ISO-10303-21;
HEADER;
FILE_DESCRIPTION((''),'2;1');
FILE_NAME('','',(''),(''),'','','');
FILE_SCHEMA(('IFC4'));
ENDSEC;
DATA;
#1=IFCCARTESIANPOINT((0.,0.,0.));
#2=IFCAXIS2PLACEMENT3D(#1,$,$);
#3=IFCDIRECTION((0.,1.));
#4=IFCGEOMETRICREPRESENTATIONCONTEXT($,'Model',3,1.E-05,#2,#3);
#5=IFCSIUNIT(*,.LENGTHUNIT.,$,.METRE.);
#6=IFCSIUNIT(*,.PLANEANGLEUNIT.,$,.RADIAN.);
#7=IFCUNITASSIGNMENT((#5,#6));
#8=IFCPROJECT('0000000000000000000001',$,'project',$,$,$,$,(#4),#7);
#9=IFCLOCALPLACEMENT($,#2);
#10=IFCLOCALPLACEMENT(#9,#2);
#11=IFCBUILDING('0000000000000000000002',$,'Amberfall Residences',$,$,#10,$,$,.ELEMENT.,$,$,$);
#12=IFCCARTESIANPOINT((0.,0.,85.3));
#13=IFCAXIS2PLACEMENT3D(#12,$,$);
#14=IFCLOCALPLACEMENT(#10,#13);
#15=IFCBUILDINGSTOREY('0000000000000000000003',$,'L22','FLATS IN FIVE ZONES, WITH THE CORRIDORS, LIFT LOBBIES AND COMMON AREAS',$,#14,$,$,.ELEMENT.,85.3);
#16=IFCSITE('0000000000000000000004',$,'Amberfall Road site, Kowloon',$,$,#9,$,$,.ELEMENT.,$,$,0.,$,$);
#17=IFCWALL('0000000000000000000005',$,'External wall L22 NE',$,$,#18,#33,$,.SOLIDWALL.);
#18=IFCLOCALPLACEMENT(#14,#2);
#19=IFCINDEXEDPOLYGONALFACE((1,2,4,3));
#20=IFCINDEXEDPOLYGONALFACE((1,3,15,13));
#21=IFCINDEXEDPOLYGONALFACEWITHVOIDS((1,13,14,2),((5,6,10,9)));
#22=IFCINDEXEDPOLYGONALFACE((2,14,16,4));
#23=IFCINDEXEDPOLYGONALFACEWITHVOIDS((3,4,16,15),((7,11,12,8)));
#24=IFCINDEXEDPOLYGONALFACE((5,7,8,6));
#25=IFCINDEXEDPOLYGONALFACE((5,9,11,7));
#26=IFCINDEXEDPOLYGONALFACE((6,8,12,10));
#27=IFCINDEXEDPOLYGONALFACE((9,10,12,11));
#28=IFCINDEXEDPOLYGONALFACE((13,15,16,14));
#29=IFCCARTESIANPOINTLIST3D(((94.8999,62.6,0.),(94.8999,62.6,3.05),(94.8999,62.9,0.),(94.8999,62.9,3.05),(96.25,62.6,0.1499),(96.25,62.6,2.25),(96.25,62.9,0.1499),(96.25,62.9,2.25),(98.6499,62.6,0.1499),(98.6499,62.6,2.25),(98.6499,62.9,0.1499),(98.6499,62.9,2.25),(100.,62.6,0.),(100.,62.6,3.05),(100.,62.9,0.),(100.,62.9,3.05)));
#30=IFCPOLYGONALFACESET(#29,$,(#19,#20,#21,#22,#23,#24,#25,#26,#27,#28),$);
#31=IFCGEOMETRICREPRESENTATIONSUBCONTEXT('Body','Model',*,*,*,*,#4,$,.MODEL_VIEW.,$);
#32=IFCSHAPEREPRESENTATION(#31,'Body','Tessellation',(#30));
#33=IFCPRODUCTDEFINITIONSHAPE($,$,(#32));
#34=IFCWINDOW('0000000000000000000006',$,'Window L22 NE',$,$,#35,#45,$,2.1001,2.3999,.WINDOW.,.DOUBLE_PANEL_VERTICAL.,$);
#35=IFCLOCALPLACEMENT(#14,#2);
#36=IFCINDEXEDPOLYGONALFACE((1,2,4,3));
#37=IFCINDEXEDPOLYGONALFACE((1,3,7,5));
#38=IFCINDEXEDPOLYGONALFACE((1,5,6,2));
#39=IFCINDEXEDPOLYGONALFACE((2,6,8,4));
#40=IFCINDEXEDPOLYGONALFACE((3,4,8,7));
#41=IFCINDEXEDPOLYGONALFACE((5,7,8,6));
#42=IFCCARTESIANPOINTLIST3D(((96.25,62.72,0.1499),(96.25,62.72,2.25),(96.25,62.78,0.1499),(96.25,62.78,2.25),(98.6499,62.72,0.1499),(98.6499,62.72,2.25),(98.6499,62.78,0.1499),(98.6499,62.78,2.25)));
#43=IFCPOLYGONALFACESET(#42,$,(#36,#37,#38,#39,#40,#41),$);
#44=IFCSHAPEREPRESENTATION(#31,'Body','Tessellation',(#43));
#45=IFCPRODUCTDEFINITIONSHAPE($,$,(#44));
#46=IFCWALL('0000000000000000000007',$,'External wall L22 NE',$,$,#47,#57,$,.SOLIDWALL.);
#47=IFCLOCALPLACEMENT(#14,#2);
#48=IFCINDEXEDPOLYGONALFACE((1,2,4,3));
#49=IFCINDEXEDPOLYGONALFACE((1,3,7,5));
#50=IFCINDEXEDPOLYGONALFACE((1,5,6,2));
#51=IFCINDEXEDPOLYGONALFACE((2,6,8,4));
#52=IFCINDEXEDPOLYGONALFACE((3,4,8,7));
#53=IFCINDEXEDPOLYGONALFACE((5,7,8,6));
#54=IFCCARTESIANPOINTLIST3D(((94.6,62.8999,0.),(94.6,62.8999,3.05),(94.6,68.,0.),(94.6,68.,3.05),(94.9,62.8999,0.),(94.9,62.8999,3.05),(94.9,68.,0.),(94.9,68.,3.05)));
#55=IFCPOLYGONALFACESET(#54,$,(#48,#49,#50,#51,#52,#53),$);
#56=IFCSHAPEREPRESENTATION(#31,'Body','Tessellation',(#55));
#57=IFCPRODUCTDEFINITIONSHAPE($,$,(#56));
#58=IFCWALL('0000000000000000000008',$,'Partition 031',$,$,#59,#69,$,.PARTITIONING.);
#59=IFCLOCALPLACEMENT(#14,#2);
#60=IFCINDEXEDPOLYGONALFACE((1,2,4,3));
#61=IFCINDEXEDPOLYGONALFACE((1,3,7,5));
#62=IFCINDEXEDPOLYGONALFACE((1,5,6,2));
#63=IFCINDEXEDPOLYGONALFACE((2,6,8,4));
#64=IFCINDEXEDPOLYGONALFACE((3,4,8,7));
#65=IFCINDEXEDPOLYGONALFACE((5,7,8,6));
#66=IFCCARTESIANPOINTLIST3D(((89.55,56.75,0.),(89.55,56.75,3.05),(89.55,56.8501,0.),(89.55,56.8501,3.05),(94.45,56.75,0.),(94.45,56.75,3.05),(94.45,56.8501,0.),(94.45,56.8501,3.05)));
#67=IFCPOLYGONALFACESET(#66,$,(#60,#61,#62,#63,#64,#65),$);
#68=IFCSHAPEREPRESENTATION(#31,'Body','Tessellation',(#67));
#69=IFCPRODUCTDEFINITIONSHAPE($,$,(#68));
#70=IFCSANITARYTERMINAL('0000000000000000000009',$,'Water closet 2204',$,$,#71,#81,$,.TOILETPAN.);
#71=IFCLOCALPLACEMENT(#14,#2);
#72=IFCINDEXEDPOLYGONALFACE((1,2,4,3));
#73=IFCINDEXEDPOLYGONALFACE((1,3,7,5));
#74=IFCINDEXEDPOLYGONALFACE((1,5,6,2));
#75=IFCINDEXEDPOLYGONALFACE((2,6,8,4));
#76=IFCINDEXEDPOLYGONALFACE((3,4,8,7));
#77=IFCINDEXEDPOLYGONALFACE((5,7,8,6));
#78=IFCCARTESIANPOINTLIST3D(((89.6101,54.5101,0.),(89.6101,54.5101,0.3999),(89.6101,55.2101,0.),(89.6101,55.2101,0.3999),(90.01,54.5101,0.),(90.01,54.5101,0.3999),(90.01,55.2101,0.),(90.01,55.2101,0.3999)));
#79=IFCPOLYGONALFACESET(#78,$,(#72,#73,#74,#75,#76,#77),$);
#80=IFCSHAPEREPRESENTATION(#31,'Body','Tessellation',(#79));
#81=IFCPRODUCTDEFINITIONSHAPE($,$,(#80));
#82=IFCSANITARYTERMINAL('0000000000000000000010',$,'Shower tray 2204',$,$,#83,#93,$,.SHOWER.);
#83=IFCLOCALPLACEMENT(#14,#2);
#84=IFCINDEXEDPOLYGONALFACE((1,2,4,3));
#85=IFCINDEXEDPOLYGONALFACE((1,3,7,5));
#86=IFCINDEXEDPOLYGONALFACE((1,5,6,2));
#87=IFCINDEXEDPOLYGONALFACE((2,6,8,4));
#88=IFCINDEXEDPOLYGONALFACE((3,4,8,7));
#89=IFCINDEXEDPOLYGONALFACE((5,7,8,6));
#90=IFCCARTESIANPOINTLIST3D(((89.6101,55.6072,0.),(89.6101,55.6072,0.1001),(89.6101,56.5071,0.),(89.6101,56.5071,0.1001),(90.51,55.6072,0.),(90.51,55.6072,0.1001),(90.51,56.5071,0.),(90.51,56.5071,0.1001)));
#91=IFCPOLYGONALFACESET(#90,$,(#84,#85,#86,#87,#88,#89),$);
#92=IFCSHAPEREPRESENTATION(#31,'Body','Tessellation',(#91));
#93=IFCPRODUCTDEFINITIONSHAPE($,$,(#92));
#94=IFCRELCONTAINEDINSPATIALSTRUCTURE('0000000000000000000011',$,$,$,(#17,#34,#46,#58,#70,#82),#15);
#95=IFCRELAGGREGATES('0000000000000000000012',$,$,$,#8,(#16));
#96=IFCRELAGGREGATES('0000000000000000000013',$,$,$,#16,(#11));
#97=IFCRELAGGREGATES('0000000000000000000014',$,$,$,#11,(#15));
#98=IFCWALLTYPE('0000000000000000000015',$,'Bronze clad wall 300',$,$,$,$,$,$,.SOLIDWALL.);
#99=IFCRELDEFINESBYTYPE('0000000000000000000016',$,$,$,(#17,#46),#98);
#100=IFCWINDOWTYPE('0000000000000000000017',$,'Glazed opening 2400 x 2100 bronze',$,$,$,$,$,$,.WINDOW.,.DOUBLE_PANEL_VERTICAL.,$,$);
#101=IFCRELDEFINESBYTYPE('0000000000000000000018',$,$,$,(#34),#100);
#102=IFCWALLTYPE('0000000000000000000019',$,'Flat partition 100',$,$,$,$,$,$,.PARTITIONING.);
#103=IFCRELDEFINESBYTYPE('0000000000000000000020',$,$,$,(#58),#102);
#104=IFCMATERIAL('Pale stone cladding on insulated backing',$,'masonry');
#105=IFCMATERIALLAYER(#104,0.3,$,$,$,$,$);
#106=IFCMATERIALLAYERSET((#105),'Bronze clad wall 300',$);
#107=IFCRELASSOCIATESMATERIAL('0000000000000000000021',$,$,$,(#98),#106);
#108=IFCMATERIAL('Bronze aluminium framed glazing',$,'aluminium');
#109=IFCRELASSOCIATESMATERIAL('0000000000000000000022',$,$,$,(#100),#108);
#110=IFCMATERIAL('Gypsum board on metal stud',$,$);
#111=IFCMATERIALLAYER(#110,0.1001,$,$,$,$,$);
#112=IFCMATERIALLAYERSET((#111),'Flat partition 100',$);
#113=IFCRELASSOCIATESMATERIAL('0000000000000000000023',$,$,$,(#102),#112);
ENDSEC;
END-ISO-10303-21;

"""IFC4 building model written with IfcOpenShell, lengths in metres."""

from ifc_helpers import new_model, si_unit, direction, frame, frame_2d, origin, origin_2d, place, context, subcontext, project, spatial, rectangle, extrude, material, layer, layer_set, type_object, element, fill, save


model = new_model("IFC4")

# Units and contexts
model_context = context("Model", 3, precision=1e-05, world=origin(), true_north=direction((0.0, 1.0)))
body_context = subcontext(model_context, "Body", "Model", "MODEL_VIEW")
ifc_project = project(units=[si_unit("LENGTHUNIT", "METRE"), si_unit("PLANEANGLEUNIT", "RADIAN")], contexts=[model_context])

# Site, building, storey
site_placement = place(None, origin())
site = spatial("IfcSite", under=ifc_project, at=site_placement, Name="Amberfall Road site, Kowloon", CompositionType="ELEMENT", RefElevation=0.0)
building_placement = place(site_placement, origin())
building = spatial("IfcBuilding", under=site, at=building_placement, Name="Amberfall Residences", CompositionType="ELEMENT")
storey_placement = place(building_placement, frame((0.0, 0.0, 85.3)))
storey = spatial("IfcBuildingStorey", under=building, at=storey_placement, Name="L22", Description="FLATS IN FIVE ZONES, WITH THE CORRIDORS, LIFT LOBBIES AND COMMON AREAS", CompositionType="ELEMENT", Elevation=85.3)

# Wall, opening, window
ifc_material_1 = material(Name="Pale stone cladding on insulated backing", Category="masonry")
ifc_layer_1 = layer(ifc_material_1, 0.3)
ifc_layer_set_1 = layer_set([ifc_layer_1], Name="Bronze clad wall 300")
wall_type_1 = type_object("IfcWallType", Name="Bronze clad wall 300", PredefinedType="SOLIDWALL", material=ifc_layer_set_1)
wall_1_placement = place(storey_placement, frame((100.0, 62.75, 0.0), z_axis=(0.0, 0.0, 1.0), x_axis=(-1.0, 0.0, 0.0)))
wall_1 = element("IfcWall", 1, at=wall_1_placement, inside=storey, type_object=wall_type_1, Name="External wall L22 NE", PredefinedType="SOLIDWALL", context=body_context, shape_type="SweptSolid", body=[
    extrude(rectangle(XDim=5.1001, YDim=0.3, at=frame_2d((2.55, 0.0))), origin(), (0.0, 0.0, 1.0), 3.05),
])
opening_placement = place(wall_1_placement, frame((1.3501, 0.0, 0.1499)))
opening = element("IfcOpeningElement", 2, at=opening_placement, cuts=wall_1, PredefinedType="OPENING", context=body_context, shape_type="SweptSolid", body=[
    extrude(rectangle(XDim=2.3999, YDim=2.1001, at=frame_2d((1.2, 1.05))), frame((0.0, 0.1599, 0.0), z_axis=(0.0, -1.0, 0.0), x_axis=(1.0, 0.0, 0.0)), (0.0, 0.0, 1.0), 0.3201),
])
ifc_material_2 = material(Name="Bronze aluminium framed glazing", Category="aluminium")
window_type = type_object("IfcWindowType", Name="Glazed opening 2400 x 2100 bronze", PartitioningType="DOUBLE_PANEL_VERTICAL", PredefinedType="WINDOW", material=ifc_material_2)
window_placement = place(opening_placement, origin())
window = element("IfcWindow", 3, at=window_placement, inside=storey, type_object=window_type, Name="Window L22 NE", OverallHeight=2.1001, OverallWidth=2.3999, PartitioningType="DOUBLE_PANEL_VERTICAL", PredefinedType="WINDOW", context=body_context, shape_type="SweptSolid", body=[
    extrude(rectangle(XDim=2.3999, YDim=2.1001, at=frame_2d((1.2, 1.05))), frame((0.0, 0.03, 0.0), z_axis=(0.0, -1.0, 0.0), x_axis=(1.0, 0.0, 0.0)), (0.0, 0.0, 1.0), 0.0601),
])
fill(opening, window)

# Walls
wall_2_placement = place(storey_placement, frame((94.75, 62.8999, 0.0), z_axis=(0.0, 0.0, 1.0), x_axis=(0.0, 1.0, 0.0)))
element("IfcWall", 4, at=wall_2_placement, inside=storey, type_object=wall_type_1, Name="External wall L22 NE", PredefinedType="SOLIDWALL", context=body_context, shape_type="SweptSolid", body=[
    extrude(rectangle(XDim=5.1001, YDim=0.3, at=frame_2d((2.55, 0.0))), origin(), (0.0, 0.0, 1.0), 3.05),
])
ifc_material_3 = material(Name="Gypsum board on metal stud")
ifc_layer_2 = layer(ifc_material_3, 0.1001)
ifc_layer_set_2 = layer_set([ifc_layer_2], Name="Flat partition 100")
wall_type_2 = type_object("IfcWallType", Name="Flat partition 100", PredefinedType="PARTITIONING", material=ifc_layer_set_2)
wall_3_placement = place(storey_placement, frame((89.55, 56.8, 0.0), z_axis=(0.0, 0.0, 1.0), x_axis=(1.0, 0.0, 0.0)))
element("IfcWall", 5, at=wall_3_placement, inside=storey, type_object=wall_type_2, Name="Partition 031", PredefinedType="PARTITIONING", context=body_context, shape_type="SweptSolid", body=[
    extrude(rectangle(XDim=4.8999, YDim=0.1001, at=frame_2d((2.45, 0.0))), origin(), (0.0, 0.0, 1.0), 3.05),
])

# Sanitary terminals
sanitary_terminal_1_placement = place(storey_placement, frame((89.8101, 54.8601, 0.0), z_axis=(0.0, 0.0, 1.0), x_axis=(1.0, 0.0, 0.0)))
element("IfcSanitaryTerminal", 6, at=sanitary_terminal_1_placement, inside=storey, Name="Water closet 2204", PredefinedType="TOILETPAN", context=body_context, shape_type="SweptSolid", body=[
    extrude(rectangle(XDim=0.3999, YDim=0.7, at=origin_2d()), origin(), (0.0, 0.0, 1.0), 0.3999),
])
sanitary_terminal_2_placement = place(storey_placement, frame((90.0601, 56.0571, 0.0), z_axis=(0.0, 0.0, 1.0), x_axis=(1.0, 0.0, 0.0)))
element("IfcSanitaryTerminal", 7, at=sanitary_terminal_2_placement, inside=storey, Name="Shower tray 2204", PredefinedType="SHOWER", context=body_context, shape_type="SweptSolid", body=[
    extrude(rectangle(XDim=0.8999, YDim=0.8999, at=origin_2d()), origin(), (0.0, 0.0, 1.0), 0.1001),
])

save(model, "model.ifc")
